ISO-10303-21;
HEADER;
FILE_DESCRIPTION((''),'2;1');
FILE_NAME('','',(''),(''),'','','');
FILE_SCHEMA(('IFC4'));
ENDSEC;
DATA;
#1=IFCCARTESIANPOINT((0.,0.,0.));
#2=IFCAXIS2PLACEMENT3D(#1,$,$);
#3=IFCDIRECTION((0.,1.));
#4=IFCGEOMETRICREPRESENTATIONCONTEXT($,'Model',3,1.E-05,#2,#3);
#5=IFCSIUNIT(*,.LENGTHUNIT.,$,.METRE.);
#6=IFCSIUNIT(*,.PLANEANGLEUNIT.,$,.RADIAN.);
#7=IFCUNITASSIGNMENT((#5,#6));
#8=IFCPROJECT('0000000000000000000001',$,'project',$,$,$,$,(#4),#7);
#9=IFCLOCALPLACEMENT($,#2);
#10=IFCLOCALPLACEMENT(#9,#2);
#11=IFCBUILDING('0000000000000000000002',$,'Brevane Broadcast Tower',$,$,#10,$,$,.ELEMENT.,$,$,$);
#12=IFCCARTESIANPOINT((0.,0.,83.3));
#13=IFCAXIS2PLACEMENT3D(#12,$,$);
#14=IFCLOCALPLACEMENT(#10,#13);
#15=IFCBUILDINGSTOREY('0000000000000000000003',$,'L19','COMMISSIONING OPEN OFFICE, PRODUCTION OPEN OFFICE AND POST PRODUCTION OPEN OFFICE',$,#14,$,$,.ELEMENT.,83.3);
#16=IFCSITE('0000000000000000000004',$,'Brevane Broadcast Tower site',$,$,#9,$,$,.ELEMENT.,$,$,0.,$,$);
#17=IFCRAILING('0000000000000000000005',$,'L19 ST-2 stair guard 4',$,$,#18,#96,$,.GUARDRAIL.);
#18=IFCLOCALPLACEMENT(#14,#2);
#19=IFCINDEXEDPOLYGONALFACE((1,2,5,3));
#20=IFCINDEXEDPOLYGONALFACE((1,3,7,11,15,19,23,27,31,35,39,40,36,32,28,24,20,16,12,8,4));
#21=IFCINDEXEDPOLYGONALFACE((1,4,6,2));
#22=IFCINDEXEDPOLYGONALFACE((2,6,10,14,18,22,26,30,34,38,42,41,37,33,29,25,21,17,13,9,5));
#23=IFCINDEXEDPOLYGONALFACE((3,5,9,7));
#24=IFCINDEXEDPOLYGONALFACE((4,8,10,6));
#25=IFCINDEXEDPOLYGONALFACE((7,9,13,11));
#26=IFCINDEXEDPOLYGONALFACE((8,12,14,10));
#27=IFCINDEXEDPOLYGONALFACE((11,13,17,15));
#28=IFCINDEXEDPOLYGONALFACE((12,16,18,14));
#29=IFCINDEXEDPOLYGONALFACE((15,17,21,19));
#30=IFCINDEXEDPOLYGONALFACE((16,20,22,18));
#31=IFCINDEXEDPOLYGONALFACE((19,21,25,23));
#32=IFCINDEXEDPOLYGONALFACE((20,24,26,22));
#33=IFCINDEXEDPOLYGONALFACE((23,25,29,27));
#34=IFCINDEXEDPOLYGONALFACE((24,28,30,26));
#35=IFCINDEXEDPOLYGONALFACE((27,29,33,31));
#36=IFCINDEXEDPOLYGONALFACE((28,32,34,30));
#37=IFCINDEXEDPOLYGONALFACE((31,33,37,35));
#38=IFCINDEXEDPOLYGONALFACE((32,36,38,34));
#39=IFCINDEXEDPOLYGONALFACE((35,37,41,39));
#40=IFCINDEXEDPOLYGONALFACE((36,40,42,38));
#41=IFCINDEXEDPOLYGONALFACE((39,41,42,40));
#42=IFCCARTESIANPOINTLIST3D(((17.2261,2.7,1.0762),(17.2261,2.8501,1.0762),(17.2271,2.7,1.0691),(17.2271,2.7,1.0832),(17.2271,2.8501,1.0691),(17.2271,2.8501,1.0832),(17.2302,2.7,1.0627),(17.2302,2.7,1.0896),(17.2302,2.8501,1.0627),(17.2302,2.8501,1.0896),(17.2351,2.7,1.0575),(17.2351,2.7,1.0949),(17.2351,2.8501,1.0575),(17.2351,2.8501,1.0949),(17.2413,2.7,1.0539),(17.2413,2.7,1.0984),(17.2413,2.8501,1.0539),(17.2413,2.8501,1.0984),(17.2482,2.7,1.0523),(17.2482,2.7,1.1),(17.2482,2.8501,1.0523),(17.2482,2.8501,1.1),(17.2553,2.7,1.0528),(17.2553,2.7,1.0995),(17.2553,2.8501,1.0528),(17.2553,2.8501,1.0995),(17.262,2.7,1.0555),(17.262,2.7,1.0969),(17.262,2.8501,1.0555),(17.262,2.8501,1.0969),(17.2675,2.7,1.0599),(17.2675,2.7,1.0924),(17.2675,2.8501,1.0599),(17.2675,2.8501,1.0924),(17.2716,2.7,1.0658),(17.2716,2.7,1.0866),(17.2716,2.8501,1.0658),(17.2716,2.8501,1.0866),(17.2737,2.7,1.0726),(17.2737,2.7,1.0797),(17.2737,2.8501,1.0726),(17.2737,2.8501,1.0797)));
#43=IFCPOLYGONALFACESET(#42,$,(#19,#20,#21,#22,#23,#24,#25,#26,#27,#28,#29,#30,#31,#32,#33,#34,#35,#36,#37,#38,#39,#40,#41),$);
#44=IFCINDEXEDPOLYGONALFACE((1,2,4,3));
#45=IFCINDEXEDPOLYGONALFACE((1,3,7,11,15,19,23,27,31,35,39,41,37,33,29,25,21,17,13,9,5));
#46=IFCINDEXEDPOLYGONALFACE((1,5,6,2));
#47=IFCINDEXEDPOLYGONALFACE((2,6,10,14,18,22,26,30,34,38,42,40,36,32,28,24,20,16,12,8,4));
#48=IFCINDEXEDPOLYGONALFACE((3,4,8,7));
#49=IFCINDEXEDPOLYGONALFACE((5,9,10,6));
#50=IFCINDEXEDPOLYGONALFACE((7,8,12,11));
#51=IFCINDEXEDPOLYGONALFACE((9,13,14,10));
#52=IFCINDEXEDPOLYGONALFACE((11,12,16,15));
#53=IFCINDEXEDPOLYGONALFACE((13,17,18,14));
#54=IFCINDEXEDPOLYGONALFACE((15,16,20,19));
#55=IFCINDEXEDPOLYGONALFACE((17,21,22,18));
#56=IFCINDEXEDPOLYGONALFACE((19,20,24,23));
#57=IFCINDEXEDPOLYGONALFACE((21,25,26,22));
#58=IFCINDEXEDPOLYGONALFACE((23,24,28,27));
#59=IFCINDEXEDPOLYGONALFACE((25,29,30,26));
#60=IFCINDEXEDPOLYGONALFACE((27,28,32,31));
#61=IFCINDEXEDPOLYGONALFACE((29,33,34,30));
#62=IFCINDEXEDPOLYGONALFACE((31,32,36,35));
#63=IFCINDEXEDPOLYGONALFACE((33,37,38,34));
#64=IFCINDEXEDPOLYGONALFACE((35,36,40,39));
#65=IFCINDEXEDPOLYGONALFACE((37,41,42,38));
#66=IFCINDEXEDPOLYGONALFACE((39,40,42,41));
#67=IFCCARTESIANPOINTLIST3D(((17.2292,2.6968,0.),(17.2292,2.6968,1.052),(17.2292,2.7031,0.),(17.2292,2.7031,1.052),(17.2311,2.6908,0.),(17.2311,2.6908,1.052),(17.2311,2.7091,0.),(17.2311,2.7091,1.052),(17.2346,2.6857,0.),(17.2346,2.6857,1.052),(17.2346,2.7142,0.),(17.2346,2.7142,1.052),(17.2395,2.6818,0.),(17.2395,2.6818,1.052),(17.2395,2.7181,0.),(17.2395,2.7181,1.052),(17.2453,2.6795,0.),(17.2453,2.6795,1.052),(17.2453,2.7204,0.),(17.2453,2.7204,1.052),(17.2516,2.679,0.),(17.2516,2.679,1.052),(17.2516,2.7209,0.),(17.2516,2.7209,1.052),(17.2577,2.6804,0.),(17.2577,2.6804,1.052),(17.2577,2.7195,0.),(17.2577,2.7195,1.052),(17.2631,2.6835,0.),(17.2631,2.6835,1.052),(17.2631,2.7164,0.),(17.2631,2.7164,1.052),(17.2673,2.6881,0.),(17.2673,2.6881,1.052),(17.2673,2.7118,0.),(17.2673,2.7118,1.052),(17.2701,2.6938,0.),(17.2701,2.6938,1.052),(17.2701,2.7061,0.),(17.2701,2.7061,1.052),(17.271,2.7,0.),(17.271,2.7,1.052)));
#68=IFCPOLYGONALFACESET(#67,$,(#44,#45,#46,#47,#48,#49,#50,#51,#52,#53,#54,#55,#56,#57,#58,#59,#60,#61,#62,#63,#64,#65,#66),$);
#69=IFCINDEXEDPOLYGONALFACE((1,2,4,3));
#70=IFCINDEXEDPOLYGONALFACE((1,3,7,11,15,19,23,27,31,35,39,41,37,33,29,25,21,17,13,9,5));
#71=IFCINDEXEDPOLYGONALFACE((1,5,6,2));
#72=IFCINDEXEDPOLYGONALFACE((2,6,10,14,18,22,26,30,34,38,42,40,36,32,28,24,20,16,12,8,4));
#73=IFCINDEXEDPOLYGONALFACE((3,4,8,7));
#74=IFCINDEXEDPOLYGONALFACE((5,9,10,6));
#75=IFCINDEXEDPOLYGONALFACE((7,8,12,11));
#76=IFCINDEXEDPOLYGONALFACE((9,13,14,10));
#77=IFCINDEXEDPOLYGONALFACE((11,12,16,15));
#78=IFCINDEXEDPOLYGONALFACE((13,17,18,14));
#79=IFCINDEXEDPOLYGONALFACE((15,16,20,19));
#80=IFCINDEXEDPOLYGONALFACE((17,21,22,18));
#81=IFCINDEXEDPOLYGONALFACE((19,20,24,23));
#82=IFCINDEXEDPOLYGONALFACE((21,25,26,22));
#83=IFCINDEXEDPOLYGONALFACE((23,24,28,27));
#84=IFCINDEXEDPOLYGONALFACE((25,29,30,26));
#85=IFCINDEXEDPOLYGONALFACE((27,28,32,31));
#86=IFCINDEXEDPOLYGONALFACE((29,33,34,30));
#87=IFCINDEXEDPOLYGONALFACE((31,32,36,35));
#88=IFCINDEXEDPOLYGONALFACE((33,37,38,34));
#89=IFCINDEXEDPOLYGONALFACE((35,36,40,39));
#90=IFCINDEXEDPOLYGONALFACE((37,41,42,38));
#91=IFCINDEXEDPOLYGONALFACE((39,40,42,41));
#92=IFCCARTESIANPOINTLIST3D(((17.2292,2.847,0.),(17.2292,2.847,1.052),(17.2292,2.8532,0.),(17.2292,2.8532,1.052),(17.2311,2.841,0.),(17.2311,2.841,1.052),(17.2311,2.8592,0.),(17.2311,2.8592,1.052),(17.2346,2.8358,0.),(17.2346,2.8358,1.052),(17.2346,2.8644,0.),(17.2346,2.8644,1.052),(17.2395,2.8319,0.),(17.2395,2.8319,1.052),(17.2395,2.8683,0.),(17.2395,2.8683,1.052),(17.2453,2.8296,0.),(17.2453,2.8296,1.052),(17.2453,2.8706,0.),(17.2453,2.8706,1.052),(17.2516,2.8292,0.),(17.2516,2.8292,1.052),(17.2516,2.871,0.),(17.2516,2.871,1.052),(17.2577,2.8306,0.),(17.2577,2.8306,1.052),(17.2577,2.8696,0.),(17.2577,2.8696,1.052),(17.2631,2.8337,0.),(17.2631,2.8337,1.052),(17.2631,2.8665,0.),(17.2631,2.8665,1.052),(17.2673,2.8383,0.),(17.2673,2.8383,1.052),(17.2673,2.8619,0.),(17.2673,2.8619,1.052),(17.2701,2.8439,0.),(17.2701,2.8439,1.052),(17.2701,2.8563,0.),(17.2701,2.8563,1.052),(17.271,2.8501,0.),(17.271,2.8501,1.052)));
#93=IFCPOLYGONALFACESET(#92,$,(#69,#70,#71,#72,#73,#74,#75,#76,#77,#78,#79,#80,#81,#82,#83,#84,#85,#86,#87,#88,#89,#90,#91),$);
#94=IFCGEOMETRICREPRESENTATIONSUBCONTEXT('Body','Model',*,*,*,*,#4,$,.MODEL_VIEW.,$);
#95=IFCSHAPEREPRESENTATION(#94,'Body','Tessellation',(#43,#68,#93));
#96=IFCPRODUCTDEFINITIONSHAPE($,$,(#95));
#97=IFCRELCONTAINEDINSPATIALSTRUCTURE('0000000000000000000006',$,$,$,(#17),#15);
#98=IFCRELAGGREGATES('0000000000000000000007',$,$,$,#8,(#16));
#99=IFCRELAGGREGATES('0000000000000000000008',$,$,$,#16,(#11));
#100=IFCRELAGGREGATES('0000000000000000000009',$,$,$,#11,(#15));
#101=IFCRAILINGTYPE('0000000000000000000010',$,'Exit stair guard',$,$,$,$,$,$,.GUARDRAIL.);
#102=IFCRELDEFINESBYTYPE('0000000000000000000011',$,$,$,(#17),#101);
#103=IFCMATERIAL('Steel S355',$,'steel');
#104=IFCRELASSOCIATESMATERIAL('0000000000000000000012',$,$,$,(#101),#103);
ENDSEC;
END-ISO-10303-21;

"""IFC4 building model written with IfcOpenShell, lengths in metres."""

from ifc_helpers import new_model, si_unit, direction, frame, origin, origin_2d, place, context, subcontext, project, spatial, circle, extrude, material, type_object, element, save


model = new_model("IFC4")

# Units and contexts
model_context = context("Model", 3, precision=1e-05, world=origin(), true_north=direction((0.0, 1.0)))
body_context = subcontext(model_context, "Body", "Model", "MODEL_VIEW")
ifc_project = project(units=[si_unit("LENGTHUNIT", "METRE"), si_unit("PLANEANGLEUNIT", "RADIAN")], contexts=[model_context])

# Site, building, storey
site_placement = place(None, origin())
site = spatial("IfcSite", under=ifc_project, at=site_placement, Name="Brevane Broadcast Tower site", CompositionType="ELEMENT", RefElevation=0.0)
building_placement = place(site_placement, origin())
building = spatial("IfcBuilding", under=site, at=building_placement, Name="Brevane Broadcast Tower", CompositionType="ELEMENT")
storey_placement = place(building_placement, frame((0.0, 0.0, 83.3)))
storey = spatial("IfcBuildingStorey", under=building, at=storey_placement, Name="L19", Description="COMMISSIONING OPEN OFFICE, PRODUCTION OPEN OFFICE AND POST PRODUCTION OPEN OFFICE", CompositionType="ELEMENT", Elevation=83.3)

# Railing
ifc_material_1 = material(Name="Steel S355", Category="steel")
railing_type_1 = type_object("IfcRailingType", Name="Exit stair guard", PredefinedType="GUARDRAIL", material=ifc_material_1)
railing_1_placement = place(storey_placement, frame((17.25, 2.7, 0.0)))
element("IfcRailing", 1, at=railing_1_placement, inside=storey, type_object=railing_type_1, Name="L19 ST-2 stair guard 4", PredefinedType="GUARDRAIL", context=body_context, shape_type="SweptSolid", body=[
    extrude(circle(Radius=0.0239, at=origin_2d()), frame((0.0, 0.0, 1.0762), z_axis=(0.0, 1.0, 0.0), x_axis=(-1.0, 0.0, 0.0)), (0.0, 0.0, 1.0), 0.1501),
    extrude(circle(Radius=0.021, at=origin_2d()), origin(), (0.0, 0.0, 1.0), 1.052),
    extrude(circle(Radius=0.021, at=origin_2d()), frame((0.0, 0.1501, 0.0)), (0.0, 0.0, 1.0), 1.052),
])

save(model, "model.ifc")
